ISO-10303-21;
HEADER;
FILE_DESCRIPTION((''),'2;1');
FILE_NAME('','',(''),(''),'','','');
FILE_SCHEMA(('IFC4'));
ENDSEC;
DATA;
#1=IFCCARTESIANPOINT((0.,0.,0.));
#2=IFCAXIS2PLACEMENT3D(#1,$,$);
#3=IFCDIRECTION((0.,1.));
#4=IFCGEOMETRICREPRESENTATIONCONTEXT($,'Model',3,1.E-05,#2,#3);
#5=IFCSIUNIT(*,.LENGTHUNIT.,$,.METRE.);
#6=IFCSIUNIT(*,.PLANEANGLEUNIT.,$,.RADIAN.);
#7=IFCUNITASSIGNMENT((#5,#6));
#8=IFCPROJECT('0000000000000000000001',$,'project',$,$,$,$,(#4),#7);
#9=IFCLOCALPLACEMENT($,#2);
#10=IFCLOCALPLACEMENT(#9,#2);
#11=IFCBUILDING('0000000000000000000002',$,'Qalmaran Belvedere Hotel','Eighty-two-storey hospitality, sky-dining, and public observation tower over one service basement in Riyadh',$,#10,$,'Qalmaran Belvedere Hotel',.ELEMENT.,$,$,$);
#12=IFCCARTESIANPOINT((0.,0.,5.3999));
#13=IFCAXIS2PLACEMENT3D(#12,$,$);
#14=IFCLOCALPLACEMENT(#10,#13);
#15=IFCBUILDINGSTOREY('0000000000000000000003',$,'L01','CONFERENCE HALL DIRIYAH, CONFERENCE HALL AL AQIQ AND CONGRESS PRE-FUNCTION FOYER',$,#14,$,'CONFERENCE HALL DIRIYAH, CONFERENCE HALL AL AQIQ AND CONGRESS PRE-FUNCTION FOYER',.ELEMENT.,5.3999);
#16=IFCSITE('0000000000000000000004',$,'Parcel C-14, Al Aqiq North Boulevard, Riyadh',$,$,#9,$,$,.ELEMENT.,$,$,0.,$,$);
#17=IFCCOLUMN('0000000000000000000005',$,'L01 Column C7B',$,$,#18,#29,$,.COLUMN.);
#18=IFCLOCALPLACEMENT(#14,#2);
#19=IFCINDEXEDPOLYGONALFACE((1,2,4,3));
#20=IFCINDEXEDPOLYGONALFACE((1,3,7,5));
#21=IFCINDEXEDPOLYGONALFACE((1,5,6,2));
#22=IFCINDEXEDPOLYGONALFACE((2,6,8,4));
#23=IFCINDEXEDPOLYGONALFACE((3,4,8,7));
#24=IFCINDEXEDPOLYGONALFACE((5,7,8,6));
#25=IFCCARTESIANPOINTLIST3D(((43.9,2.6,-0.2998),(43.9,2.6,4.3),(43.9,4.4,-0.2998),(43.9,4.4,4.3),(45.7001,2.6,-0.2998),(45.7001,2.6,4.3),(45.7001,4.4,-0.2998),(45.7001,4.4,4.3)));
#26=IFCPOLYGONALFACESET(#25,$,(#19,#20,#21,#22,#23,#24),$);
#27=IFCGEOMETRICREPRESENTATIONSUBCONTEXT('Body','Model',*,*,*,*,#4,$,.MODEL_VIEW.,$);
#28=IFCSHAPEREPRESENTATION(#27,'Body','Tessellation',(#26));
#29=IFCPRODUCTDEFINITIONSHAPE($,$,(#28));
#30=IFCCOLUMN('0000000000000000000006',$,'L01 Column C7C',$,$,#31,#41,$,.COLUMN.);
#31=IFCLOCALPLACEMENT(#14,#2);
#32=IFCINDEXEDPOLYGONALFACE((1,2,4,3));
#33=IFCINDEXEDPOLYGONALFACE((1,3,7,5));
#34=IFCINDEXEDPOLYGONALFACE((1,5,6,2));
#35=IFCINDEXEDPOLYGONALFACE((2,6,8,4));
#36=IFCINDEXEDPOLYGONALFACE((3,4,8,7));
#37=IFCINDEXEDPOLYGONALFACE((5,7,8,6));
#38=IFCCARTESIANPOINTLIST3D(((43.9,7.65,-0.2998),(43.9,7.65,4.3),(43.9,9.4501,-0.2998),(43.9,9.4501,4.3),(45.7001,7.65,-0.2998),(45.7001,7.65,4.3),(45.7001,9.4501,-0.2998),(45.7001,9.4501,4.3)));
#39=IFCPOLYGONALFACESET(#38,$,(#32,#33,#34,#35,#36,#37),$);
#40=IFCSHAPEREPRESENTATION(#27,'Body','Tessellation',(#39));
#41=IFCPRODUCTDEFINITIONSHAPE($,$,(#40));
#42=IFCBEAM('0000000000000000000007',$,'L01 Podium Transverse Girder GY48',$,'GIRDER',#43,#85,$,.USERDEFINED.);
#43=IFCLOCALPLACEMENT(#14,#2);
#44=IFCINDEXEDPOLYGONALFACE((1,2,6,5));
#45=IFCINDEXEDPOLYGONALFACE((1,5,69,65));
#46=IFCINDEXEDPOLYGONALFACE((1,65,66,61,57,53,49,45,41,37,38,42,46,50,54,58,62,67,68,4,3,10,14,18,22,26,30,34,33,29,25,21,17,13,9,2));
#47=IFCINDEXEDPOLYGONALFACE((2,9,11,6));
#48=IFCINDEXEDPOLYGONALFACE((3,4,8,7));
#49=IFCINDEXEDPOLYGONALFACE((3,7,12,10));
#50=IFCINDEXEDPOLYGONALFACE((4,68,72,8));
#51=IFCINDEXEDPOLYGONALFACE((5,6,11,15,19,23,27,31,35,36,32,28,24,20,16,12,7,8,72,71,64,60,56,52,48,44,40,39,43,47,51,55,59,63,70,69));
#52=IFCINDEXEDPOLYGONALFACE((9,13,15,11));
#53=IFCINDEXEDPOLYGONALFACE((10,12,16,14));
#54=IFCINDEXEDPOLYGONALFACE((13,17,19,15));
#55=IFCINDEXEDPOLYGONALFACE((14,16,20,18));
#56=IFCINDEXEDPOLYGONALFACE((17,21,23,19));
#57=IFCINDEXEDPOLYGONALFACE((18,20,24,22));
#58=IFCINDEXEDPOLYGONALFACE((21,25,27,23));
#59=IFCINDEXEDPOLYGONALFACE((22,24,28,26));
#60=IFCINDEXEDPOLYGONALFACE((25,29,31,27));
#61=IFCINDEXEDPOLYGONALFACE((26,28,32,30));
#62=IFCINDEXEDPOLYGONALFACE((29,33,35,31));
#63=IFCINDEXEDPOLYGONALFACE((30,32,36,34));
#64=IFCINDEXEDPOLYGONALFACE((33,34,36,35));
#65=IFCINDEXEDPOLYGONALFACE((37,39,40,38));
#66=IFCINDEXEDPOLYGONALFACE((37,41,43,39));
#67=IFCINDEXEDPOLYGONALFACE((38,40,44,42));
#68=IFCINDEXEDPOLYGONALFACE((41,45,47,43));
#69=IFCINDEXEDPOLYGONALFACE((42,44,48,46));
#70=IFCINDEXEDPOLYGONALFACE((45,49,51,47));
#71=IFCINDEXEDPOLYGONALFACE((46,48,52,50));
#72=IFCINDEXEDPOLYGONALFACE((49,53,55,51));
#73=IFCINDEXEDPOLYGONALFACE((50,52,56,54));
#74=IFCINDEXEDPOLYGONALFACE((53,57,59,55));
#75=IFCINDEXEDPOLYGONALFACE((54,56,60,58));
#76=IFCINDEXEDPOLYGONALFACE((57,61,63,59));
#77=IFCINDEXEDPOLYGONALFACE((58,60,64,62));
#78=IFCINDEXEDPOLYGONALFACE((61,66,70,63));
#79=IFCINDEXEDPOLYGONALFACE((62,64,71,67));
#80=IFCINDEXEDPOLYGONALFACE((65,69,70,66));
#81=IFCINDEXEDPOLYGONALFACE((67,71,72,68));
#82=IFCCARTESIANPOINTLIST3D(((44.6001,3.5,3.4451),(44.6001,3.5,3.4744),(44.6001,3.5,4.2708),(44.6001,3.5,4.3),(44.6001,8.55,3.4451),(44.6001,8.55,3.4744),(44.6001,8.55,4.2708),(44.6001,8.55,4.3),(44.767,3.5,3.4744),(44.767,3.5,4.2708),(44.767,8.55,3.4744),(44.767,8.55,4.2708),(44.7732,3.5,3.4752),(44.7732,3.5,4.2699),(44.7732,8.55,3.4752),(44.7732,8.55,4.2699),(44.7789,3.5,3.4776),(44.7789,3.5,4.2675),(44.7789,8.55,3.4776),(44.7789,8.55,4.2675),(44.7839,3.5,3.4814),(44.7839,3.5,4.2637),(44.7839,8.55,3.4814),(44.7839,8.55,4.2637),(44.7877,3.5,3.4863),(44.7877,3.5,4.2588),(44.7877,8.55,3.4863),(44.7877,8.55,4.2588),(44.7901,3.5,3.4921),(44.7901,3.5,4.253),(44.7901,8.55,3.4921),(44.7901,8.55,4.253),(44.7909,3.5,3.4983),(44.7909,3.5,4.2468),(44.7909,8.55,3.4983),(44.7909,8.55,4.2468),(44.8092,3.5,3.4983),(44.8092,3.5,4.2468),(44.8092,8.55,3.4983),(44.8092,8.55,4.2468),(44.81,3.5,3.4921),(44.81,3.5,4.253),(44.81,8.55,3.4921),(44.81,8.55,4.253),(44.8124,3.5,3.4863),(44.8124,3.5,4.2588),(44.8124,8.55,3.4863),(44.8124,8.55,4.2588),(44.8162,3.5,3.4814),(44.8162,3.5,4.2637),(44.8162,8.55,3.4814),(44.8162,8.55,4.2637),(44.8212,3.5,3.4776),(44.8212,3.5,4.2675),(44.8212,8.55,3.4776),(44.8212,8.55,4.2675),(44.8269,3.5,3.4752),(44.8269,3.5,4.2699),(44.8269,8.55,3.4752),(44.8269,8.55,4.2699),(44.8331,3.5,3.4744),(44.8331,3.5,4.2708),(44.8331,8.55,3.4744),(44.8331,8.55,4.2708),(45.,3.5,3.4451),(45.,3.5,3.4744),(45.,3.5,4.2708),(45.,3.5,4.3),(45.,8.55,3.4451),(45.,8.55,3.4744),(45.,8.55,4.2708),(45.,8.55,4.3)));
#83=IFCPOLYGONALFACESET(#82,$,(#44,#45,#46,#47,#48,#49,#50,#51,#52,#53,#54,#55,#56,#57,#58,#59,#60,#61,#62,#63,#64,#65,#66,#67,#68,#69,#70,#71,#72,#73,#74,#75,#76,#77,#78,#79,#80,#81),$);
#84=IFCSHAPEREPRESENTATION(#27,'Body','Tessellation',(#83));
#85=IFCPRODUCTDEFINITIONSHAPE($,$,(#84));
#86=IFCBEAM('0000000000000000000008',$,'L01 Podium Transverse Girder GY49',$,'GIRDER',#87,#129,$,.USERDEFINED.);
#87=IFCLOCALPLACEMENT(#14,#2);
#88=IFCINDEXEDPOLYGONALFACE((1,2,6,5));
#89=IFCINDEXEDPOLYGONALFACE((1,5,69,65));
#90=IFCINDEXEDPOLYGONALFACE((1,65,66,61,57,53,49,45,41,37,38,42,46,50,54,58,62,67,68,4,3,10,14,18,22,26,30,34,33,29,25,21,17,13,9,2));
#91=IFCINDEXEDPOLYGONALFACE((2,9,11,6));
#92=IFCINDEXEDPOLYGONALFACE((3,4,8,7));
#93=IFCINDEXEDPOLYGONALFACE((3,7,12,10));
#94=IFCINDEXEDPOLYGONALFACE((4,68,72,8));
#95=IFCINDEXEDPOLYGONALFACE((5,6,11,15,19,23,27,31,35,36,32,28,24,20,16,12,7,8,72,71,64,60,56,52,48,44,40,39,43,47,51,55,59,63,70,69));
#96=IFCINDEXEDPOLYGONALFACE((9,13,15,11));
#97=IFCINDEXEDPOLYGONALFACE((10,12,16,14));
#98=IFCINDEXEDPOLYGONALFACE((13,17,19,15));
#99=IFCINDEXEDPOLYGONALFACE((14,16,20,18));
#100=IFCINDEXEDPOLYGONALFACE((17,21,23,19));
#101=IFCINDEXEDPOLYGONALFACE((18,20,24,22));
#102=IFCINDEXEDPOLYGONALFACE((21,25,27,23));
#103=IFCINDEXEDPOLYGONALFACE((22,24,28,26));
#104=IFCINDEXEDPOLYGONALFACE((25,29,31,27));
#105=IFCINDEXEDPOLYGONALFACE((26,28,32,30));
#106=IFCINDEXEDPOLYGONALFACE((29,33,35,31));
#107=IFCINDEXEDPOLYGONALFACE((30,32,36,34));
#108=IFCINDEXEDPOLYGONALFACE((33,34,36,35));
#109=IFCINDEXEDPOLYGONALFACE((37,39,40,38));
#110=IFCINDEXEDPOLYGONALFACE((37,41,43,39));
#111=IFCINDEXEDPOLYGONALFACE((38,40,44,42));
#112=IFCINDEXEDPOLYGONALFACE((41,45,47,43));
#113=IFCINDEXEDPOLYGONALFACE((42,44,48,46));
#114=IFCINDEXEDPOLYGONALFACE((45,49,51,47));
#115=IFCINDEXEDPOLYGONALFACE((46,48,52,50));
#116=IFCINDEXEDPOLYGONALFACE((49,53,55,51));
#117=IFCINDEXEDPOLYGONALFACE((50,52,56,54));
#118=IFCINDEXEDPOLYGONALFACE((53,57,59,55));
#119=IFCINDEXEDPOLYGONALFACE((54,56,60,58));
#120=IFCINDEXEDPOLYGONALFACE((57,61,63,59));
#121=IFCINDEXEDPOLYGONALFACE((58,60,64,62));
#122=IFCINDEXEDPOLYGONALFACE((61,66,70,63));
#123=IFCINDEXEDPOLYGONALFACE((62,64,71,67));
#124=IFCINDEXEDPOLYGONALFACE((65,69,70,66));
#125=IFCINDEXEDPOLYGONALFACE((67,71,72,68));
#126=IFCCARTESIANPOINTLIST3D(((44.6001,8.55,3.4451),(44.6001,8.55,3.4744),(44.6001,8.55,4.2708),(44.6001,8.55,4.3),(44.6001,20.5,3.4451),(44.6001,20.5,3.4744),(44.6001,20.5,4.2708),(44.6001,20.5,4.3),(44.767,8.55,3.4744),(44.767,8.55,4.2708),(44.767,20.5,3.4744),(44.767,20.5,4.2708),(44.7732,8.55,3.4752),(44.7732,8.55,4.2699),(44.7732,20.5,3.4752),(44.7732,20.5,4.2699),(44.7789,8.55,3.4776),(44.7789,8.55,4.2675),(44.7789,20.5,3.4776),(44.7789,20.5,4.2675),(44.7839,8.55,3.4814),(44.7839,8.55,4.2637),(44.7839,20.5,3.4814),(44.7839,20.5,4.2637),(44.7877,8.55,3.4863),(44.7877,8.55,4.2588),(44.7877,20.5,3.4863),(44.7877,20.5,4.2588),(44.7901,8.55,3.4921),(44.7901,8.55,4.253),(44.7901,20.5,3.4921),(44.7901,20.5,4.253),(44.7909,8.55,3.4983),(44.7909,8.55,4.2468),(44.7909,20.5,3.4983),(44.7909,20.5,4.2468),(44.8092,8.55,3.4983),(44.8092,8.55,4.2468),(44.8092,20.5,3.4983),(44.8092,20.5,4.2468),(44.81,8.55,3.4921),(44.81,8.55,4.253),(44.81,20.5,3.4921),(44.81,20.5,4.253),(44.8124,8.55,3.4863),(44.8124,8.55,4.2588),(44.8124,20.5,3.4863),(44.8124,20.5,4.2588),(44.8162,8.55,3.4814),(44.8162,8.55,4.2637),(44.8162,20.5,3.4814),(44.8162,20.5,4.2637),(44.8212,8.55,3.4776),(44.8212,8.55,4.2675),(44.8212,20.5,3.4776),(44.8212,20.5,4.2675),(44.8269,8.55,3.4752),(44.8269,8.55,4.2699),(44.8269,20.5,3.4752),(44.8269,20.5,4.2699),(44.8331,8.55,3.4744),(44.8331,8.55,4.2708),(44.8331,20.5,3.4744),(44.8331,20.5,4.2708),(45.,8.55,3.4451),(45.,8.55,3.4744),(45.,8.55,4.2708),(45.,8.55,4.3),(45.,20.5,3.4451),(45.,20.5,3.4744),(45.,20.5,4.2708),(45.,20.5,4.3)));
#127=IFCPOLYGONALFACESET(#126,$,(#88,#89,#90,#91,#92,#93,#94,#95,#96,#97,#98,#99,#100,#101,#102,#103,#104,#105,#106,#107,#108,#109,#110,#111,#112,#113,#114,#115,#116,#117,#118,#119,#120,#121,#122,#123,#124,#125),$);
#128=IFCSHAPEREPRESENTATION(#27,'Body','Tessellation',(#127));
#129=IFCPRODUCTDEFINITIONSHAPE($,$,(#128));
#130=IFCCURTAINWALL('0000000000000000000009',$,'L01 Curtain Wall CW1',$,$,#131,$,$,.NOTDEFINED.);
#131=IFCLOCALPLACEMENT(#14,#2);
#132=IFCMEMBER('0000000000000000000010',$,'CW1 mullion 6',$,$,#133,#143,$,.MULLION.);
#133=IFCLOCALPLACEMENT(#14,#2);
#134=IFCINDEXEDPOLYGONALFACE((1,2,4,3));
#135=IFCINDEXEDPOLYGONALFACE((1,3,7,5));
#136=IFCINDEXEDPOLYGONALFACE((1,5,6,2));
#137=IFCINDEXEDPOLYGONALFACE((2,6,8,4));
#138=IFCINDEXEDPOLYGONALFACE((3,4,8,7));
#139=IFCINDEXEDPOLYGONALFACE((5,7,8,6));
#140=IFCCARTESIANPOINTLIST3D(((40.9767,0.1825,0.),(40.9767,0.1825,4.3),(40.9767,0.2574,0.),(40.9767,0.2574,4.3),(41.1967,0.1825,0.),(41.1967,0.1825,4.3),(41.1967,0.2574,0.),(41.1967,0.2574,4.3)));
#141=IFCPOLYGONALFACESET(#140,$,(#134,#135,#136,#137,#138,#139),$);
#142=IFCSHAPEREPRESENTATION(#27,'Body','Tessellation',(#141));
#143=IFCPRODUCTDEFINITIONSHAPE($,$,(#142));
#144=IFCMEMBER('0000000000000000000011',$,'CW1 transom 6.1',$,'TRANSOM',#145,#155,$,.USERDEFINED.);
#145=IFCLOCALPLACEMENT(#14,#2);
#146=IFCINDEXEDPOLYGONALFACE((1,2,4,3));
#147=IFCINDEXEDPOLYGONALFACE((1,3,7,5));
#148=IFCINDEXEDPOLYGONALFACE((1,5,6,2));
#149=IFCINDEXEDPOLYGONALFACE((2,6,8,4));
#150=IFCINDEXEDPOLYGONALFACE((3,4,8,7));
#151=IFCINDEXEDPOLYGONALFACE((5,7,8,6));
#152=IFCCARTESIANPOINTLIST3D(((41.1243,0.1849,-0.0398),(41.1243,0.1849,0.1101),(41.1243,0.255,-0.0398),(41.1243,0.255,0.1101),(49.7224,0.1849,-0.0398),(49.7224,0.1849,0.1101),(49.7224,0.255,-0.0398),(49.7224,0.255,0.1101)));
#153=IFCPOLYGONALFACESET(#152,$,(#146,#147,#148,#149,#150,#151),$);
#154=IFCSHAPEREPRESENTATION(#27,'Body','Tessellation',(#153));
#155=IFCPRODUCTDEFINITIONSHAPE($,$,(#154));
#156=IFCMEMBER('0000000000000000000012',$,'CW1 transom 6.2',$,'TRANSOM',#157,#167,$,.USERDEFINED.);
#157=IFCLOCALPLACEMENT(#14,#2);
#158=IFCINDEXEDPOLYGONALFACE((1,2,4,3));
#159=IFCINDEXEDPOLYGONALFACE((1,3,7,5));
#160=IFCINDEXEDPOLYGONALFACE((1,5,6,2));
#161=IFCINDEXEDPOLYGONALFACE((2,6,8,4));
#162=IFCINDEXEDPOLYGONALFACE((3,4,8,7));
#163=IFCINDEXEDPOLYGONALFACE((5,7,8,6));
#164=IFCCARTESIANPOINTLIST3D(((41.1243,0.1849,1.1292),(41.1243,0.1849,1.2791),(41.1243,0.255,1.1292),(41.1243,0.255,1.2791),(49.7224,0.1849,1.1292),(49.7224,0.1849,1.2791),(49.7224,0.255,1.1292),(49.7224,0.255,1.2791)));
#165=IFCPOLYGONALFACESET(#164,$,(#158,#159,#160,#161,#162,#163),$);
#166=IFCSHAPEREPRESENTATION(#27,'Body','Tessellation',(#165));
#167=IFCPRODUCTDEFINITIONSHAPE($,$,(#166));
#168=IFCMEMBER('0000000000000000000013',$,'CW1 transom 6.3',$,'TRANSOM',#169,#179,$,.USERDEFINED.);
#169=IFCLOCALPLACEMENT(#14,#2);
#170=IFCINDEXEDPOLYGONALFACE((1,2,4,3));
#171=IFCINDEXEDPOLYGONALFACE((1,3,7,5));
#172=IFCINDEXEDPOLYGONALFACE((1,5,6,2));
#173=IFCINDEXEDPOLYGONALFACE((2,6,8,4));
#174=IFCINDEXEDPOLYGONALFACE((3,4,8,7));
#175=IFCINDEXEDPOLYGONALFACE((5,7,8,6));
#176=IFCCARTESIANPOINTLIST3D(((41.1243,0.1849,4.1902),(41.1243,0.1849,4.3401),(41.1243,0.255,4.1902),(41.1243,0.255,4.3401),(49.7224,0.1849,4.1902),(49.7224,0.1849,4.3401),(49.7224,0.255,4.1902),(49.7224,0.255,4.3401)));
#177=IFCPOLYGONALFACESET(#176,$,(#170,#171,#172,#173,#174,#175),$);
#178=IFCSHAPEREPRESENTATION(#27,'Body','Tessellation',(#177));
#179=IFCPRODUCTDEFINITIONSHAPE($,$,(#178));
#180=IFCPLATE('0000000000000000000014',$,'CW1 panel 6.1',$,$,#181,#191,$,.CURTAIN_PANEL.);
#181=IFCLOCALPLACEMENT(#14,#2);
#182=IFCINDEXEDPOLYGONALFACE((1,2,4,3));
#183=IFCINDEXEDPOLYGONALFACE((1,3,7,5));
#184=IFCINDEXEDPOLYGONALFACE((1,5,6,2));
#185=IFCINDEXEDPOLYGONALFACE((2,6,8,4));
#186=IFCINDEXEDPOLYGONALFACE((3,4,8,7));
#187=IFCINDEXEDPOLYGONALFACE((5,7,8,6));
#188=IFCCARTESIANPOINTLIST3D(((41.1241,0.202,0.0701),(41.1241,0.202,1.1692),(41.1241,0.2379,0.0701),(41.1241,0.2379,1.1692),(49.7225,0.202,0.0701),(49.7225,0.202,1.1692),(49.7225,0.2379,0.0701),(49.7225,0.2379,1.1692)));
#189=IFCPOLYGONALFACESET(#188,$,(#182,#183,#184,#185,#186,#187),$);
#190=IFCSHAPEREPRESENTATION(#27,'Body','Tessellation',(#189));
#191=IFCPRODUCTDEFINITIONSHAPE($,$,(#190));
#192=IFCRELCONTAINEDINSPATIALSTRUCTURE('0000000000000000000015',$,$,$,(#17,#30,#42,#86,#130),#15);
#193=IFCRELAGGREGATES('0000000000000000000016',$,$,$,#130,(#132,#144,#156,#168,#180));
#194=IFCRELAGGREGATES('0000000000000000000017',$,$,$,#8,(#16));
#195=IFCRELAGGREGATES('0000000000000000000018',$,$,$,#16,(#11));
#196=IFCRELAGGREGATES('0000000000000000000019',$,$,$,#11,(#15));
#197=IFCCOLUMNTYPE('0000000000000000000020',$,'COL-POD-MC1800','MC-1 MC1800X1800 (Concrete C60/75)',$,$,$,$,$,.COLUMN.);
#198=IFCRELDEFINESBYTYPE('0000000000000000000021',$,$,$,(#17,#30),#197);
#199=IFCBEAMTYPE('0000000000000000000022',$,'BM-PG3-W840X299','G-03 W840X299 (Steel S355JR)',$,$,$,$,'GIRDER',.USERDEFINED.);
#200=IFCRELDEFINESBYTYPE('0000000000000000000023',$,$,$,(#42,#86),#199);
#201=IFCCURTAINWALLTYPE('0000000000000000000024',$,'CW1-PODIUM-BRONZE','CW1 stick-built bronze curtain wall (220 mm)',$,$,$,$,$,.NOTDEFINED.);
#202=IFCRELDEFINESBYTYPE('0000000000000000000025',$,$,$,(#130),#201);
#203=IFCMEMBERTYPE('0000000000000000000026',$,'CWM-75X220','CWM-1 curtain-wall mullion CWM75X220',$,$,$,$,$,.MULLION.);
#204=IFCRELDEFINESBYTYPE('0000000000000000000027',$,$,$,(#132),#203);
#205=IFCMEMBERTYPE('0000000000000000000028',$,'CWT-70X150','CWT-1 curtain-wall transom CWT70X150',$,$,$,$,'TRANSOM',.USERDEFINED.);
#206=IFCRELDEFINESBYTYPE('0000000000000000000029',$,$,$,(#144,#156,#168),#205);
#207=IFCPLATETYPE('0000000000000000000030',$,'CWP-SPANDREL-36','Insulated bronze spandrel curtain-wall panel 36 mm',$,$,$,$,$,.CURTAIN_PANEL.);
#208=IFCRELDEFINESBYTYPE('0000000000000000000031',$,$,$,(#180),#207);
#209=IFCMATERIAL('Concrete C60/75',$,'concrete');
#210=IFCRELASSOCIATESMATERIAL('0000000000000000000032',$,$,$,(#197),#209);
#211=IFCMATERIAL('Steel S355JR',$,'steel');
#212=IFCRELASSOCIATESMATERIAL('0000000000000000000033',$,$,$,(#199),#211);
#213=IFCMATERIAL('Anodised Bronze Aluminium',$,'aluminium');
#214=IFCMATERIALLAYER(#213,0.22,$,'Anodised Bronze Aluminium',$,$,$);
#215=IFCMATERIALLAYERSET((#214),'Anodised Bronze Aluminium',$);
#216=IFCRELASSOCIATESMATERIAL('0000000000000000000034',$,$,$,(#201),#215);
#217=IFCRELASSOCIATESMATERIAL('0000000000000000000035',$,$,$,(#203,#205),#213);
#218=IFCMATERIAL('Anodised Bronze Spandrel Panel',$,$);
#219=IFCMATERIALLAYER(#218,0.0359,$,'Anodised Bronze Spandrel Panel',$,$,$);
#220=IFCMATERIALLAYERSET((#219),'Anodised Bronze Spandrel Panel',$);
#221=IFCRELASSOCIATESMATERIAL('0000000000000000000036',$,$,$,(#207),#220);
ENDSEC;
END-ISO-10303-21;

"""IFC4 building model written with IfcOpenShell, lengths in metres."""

from ifc_helpers import new_model, si_unit, direction, frame, origin, origin_2d, place, context, subcontext, project, spatial, rectangle, i_section, extrude, material, layer, layer_set, material_profile, profile_set, type_object, element, aggregate, save


model = new_model("IFC4")

# Units and contexts
model_context = context("Model", 3, precision=1e-05, world=origin(), true_north=direction((0.0, 1.0)))
body_context = subcontext(model_context, "Body", "Model", "MODEL_VIEW")
ifc_project = project(units=[si_unit("LENGTHUNIT", "METRE"), si_unit("PLANEANGLEUNIT", "RADIAN")], contexts=[model_context])

# Site, building, storey
site_placement = place(None, origin())
site = spatial("IfcSite", under=ifc_project, at=site_placement, Name="Parcel C-14, Al Aqiq North Boulevard, Riyadh", CompositionType="ELEMENT", RefElevation=0.0)
building_placement = place(site_placement, origin())
building = spatial("IfcBuilding", under=site, at=building_placement, Name="Qalmaran Belvedere Hotel", Description="Eighty-two-storey hospitality, sky-dining, and public observation tower over one service basement in Riyadh", LongName="Qalmaran Belvedere Hotel", CompositionType="ELEMENT")
storey_placement = place(building_placement, frame((0.0, 0.0, 5.3999)))
storey = spatial("IfcBuildingStorey", under=building, at=storey_placement, Name="L01", Description="CONFERENCE HALL DIRIYAH, CONFERENCE HALL AL AQIQ AND CONGRESS PRE-FUNCTION FOYER", LongName="CONFERENCE HALL DIRIYAH, CONFERENCE HALL AL AQIQ AND CONGRESS PRE-FUNCTION FOYER", CompositionType="ELEMENT", Elevation=5.3999)

# Columns
ifc_material_1 = material(Name="Concrete C60/75", Category="concrete")
ifc_material_profile_1 = material_profile(ifc_material_1, rectangle(XDim=1.8, YDim=1.8, at=origin_2d()), Name="MC1800X1800")
ifc_profile_set_1 = profile_set([ifc_material_profile_1], Name="Concrete C60/75")
column_type = type_object("IfcColumnType", Name="COL-POD-MC1800", Description="MC-1 MC1800X1800 (Concrete C60/75)", PredefinedType="COLUMN", material=ifc_profile_set_1)
for number, where, z_axis, x_axis, name in (
    (1, (44.8, 3.5, -0.2998), (0.0, 0.0, 1.0), (1.0, 0.0, 0.0), "L01 Column C7B"),
    (2, (44.8, 8.55, -0.2998), (0.0, 0.0, 1.0), (1.0, 0.0, 0.0), "L01 Column C7C"),
):
    element("IfcColumn", number, at=place(storey_placement, frame(where, z_axis=z_axis, x_axis=x_axis)), inside=storey, type_object=column_type, Name=name, PredefinedType="COLUMN", context=body_context, shape_type="SweptSolid", body=[
        extrude(rectangle(XDim=1.8, YDim=1.8, at=origin_2d()), origin(), (0.0, 0.0, 1.0), 4.5999),
    ])

# Beams
ifc_material_2 = material(Name="Steel S355JR", Category="steel")
ifc_material_profile_2 = material_profile(ifc_material_2, i_section(OverallWidth=0.3999, OverallDepth=0.855, WebThickness=0.0183, FlangeThickness=0.0293, FilletRadius=0.0239, at=origin_2d()), Name="W840X299")
ifc_profile_set_2 = profile_set([ifc_material_profile_2], Name="Steel S355JR")
beam_type = type_object("IfcBeamType", Name="BM-PG3-W840X299", Description="G-03 W840X299 (Steel S355JR)", ElementType="GIRDER", PredefinedType="USERDEFINED", material=ifc_profile_set_2)
beam_1_placement = place(storey_placement, frame((44.8, 3.5, 3.8726), z_axis=(0.0, 1.0, 0.0), x_axis=(-1.0, 0.0, 0.0)))
element("IfcBeam", 3, at=beam_1_placement, inside=storey, type_object=beam_type, Name="L01 Podium Transverse Girder GY48", ObjectType="GIRDER", PredefinedType="USERDEFINED", context=body_context, shape_type="SweptSolid", body=[
    extrude(i_section(OverallWidth=0.3999, OverallDepth=0.855, WebThickness=0.0183, FlangeThickness=0.0293, FilletRadius=0.0239, at=origin_2d()), origin(), (0.0, 0.0, 1.0), 5.05),
])
beam_2_placement = place(storey_placement, frame((44.8, 8.55, 3.8726), z_axis=(0.0, 1.0, 0.0), x_axis=(-1.0, 0.0, 0.0)))
element("IfcBeam", 4, at=beam_2_placement, inside=storey, type_object=beam_type, Name="L01 Podium Transverse Girder GY49", ObjectType="GIRDER", PredefinedType="USERDEFINED", context=body_context, shape_type="SweptSolid", body=[
    extrude(i_section(OverallWidth=0.3999, OverallDepth=0.855, WebThickness=0.0183, FlangeThickness=0.0293, FilletRadius=0.0239, at=origin_2d()), origin(), (0.0, 0.0, 1.0), 11.95),
])

# Curtain wall, members, plate
ifc_material_3 = material(Name="Anodised Bronze Aluminium", Category="aluminium")
ifc_layer_1 = layer(ifc_material_3, 0.22, Name="Anodised Bronze Aluminium")
ifc_layer_set_1 = layer_set([ifc_layer_1], Name="Anodised Bronze Aluminium")
curtain_wall_type = type_object("IfcCurtainWallType", Name="CW1-PODIUM-BRONZE", Description="CW1 stick-built bronze curtain wall (220 mm)", PredefinedType="NOTDEFINED", material=ifc_layer_set_1)
curtain_wall_placement = place(storey_placement, origin())
curtain_wall = element("IfcCurtainWall", 5, at=curtain_wall_placement, inside=storey, type_object=curtain_wall_type, Name="L01 Curtain Wall CW1", PredefinedType="NOTDEFINED")
ifc_material_profile_3 = material_profile(ifc_material_3, rectangle(XDim=0.075, YDim=0.22, at=origin_2d()), Name="CWM75X220")
ifc_profile_set_3 = profile_set([ifc_material_profile_3], Name="Anodised Bronze Aluminium")
member_type_1 = type_object("IfcMemberType", Name="CWM-75X220", Description="CWM-1 curtain-wall mullion CWM75X220", PredefinedType="MULLION", material=ifc_profile_set_3)
member_1_placement = place(storey_placement, frame((41.0867, 0.22, 0.0), z_axis=(0.0, 0.0, 1.0), x_axis=(0.0, 1.0, 0.0)))
member_1 = element("IfcMember", 6, at=member_1_placement, type_object=member_type_1, Name="CW1 mullion 6", PredefinedType="MULLION", context=body_context, shape_type="SweptSolid", body=[
    extrude(rectangle(XDim=0.075, YDim=0.22, at=origin_2d()), origin(), (0.0, 0.0, 1.0), 4.3),
])
ifc_material_profile_4 = material_profile(ifc_material_3, rectangle(XDim=0.0701, YDim=0.1499, at=origin_2d()), Name="CWT70X150")
ifc_profile_set_4 = profile_set([ifc_material_profile_4], Name="Anodised Bronze Aluminium")
member_type_2 = type_object("IfcMemberType", Name="CWT-70X150", Description="CWT-1 curtain-wall transom CWT70X150", ElementType="TRANSOM", PredefinedType="USERDEFINED", material=ifc_profile_set_4)
member_2_placement = place(storey_placement, frame((41.1243, 0.22, 0.0352), z_axis=(1.0, 0.0, 0.0), x_axis=(0.0, 1.0, 0.0)))
member_2 = element("IfcMember", 7, at=member_2_placement, type_object=member_type_2, Name="CW1 transom 6.1", ObjectType="TRANSOM", PredefinedType="USERDEFINED", context=body_context, shape_type="SweptSolid", body=[
    extrude(rectangle(XDim=0.0701, YDim=0.1499, at=origin_2d()), origin(), (0.0, 0.0, 1.0), 8.5981),
])
member_3_placement = place(storey_placement, frame((41.1243, 0.22, 1.2041), z_axis=(1.0, 0.0, 0.0), x_axis=(0.0, 1.0, 0.0)))
member_3 = element("IfcMember", 8, at=member_3_placement, type_object=member_type_2, Name="CW1 transom 6.2", ObjectType="TRANSOM", PredefinedType="USERDEFINED", context=body_context, shape_type="SweptSolid", body=[
    extrude(rectangle(XDim=0.0701, YDim=0.1499, at=origin_2d()), origin(), (0.0, 0.0, 1.0), 8.5981),
])
member_4_placement = place(storey_placement, frame((41.1243, 0.22, 4.2651), z_axis=(1.0, 0.0, 0.0), x_axis=(0.0, 1.0, 0.0)))
member_4 = element("IfcMember", 9, at=member_4_placement, type_object=member_type_2, Name="CW1 transom 6.3", ObjectType="TRANSOM", PredefinedType="USERDEFINED", context=body_context, shape_type="SweptSolid", body=[
    extrude(rectangle(XDim=0.0701, YDim=0.1499, at=origin_2d()), origin(), (0.0, 0.0, 1.0), 8.5981),
])
ifc_material_4 = material(Name="Anodised Bronze Spandrel Panel")
ifc_layer_2 = layer(ifc_material_4, 0.0359, Name="Anodised Bronze Spandrel Panel")
ifc_layer_set_2 = layer_set([ifc_layer_2], Name="Anodised Bronze Spandrel Panel")
plate_type_1 = type_object("IfcPlateType", Name="CWP-SPANDREL-36", Description="Insulated bronze spandrel curtain-wall panel 36 mm", PredefinedType="CURTAIN_PANEL", material=ifc_layer_set_2)
plate_1_placement = place(storey_placement, frame((45.4233, 0.22, 0.0701), z_axis=(0.0, 0.0, 1.0), x_axis=(1.0, 0.0, 0.0)))
plate_1 = element("IfcPlate", 10, at=plate_1_placement, type_object=plate_type_1, Name="CW1 panel 6.1", PredefinedType="CURTAIN_PANEL", context=body_context, shape_type="SweptSolid", body=[
    extrude(rectangle(XDim=8.5984, YDim=0.0359, at=origin_2d()), origin(), (0.0, 0.0, 1.0), 1.0991),
])
aggregate(curtain_wall, [member_1, member_2, member_3, member_4, plate_1])

save(model, "model.ifc")
